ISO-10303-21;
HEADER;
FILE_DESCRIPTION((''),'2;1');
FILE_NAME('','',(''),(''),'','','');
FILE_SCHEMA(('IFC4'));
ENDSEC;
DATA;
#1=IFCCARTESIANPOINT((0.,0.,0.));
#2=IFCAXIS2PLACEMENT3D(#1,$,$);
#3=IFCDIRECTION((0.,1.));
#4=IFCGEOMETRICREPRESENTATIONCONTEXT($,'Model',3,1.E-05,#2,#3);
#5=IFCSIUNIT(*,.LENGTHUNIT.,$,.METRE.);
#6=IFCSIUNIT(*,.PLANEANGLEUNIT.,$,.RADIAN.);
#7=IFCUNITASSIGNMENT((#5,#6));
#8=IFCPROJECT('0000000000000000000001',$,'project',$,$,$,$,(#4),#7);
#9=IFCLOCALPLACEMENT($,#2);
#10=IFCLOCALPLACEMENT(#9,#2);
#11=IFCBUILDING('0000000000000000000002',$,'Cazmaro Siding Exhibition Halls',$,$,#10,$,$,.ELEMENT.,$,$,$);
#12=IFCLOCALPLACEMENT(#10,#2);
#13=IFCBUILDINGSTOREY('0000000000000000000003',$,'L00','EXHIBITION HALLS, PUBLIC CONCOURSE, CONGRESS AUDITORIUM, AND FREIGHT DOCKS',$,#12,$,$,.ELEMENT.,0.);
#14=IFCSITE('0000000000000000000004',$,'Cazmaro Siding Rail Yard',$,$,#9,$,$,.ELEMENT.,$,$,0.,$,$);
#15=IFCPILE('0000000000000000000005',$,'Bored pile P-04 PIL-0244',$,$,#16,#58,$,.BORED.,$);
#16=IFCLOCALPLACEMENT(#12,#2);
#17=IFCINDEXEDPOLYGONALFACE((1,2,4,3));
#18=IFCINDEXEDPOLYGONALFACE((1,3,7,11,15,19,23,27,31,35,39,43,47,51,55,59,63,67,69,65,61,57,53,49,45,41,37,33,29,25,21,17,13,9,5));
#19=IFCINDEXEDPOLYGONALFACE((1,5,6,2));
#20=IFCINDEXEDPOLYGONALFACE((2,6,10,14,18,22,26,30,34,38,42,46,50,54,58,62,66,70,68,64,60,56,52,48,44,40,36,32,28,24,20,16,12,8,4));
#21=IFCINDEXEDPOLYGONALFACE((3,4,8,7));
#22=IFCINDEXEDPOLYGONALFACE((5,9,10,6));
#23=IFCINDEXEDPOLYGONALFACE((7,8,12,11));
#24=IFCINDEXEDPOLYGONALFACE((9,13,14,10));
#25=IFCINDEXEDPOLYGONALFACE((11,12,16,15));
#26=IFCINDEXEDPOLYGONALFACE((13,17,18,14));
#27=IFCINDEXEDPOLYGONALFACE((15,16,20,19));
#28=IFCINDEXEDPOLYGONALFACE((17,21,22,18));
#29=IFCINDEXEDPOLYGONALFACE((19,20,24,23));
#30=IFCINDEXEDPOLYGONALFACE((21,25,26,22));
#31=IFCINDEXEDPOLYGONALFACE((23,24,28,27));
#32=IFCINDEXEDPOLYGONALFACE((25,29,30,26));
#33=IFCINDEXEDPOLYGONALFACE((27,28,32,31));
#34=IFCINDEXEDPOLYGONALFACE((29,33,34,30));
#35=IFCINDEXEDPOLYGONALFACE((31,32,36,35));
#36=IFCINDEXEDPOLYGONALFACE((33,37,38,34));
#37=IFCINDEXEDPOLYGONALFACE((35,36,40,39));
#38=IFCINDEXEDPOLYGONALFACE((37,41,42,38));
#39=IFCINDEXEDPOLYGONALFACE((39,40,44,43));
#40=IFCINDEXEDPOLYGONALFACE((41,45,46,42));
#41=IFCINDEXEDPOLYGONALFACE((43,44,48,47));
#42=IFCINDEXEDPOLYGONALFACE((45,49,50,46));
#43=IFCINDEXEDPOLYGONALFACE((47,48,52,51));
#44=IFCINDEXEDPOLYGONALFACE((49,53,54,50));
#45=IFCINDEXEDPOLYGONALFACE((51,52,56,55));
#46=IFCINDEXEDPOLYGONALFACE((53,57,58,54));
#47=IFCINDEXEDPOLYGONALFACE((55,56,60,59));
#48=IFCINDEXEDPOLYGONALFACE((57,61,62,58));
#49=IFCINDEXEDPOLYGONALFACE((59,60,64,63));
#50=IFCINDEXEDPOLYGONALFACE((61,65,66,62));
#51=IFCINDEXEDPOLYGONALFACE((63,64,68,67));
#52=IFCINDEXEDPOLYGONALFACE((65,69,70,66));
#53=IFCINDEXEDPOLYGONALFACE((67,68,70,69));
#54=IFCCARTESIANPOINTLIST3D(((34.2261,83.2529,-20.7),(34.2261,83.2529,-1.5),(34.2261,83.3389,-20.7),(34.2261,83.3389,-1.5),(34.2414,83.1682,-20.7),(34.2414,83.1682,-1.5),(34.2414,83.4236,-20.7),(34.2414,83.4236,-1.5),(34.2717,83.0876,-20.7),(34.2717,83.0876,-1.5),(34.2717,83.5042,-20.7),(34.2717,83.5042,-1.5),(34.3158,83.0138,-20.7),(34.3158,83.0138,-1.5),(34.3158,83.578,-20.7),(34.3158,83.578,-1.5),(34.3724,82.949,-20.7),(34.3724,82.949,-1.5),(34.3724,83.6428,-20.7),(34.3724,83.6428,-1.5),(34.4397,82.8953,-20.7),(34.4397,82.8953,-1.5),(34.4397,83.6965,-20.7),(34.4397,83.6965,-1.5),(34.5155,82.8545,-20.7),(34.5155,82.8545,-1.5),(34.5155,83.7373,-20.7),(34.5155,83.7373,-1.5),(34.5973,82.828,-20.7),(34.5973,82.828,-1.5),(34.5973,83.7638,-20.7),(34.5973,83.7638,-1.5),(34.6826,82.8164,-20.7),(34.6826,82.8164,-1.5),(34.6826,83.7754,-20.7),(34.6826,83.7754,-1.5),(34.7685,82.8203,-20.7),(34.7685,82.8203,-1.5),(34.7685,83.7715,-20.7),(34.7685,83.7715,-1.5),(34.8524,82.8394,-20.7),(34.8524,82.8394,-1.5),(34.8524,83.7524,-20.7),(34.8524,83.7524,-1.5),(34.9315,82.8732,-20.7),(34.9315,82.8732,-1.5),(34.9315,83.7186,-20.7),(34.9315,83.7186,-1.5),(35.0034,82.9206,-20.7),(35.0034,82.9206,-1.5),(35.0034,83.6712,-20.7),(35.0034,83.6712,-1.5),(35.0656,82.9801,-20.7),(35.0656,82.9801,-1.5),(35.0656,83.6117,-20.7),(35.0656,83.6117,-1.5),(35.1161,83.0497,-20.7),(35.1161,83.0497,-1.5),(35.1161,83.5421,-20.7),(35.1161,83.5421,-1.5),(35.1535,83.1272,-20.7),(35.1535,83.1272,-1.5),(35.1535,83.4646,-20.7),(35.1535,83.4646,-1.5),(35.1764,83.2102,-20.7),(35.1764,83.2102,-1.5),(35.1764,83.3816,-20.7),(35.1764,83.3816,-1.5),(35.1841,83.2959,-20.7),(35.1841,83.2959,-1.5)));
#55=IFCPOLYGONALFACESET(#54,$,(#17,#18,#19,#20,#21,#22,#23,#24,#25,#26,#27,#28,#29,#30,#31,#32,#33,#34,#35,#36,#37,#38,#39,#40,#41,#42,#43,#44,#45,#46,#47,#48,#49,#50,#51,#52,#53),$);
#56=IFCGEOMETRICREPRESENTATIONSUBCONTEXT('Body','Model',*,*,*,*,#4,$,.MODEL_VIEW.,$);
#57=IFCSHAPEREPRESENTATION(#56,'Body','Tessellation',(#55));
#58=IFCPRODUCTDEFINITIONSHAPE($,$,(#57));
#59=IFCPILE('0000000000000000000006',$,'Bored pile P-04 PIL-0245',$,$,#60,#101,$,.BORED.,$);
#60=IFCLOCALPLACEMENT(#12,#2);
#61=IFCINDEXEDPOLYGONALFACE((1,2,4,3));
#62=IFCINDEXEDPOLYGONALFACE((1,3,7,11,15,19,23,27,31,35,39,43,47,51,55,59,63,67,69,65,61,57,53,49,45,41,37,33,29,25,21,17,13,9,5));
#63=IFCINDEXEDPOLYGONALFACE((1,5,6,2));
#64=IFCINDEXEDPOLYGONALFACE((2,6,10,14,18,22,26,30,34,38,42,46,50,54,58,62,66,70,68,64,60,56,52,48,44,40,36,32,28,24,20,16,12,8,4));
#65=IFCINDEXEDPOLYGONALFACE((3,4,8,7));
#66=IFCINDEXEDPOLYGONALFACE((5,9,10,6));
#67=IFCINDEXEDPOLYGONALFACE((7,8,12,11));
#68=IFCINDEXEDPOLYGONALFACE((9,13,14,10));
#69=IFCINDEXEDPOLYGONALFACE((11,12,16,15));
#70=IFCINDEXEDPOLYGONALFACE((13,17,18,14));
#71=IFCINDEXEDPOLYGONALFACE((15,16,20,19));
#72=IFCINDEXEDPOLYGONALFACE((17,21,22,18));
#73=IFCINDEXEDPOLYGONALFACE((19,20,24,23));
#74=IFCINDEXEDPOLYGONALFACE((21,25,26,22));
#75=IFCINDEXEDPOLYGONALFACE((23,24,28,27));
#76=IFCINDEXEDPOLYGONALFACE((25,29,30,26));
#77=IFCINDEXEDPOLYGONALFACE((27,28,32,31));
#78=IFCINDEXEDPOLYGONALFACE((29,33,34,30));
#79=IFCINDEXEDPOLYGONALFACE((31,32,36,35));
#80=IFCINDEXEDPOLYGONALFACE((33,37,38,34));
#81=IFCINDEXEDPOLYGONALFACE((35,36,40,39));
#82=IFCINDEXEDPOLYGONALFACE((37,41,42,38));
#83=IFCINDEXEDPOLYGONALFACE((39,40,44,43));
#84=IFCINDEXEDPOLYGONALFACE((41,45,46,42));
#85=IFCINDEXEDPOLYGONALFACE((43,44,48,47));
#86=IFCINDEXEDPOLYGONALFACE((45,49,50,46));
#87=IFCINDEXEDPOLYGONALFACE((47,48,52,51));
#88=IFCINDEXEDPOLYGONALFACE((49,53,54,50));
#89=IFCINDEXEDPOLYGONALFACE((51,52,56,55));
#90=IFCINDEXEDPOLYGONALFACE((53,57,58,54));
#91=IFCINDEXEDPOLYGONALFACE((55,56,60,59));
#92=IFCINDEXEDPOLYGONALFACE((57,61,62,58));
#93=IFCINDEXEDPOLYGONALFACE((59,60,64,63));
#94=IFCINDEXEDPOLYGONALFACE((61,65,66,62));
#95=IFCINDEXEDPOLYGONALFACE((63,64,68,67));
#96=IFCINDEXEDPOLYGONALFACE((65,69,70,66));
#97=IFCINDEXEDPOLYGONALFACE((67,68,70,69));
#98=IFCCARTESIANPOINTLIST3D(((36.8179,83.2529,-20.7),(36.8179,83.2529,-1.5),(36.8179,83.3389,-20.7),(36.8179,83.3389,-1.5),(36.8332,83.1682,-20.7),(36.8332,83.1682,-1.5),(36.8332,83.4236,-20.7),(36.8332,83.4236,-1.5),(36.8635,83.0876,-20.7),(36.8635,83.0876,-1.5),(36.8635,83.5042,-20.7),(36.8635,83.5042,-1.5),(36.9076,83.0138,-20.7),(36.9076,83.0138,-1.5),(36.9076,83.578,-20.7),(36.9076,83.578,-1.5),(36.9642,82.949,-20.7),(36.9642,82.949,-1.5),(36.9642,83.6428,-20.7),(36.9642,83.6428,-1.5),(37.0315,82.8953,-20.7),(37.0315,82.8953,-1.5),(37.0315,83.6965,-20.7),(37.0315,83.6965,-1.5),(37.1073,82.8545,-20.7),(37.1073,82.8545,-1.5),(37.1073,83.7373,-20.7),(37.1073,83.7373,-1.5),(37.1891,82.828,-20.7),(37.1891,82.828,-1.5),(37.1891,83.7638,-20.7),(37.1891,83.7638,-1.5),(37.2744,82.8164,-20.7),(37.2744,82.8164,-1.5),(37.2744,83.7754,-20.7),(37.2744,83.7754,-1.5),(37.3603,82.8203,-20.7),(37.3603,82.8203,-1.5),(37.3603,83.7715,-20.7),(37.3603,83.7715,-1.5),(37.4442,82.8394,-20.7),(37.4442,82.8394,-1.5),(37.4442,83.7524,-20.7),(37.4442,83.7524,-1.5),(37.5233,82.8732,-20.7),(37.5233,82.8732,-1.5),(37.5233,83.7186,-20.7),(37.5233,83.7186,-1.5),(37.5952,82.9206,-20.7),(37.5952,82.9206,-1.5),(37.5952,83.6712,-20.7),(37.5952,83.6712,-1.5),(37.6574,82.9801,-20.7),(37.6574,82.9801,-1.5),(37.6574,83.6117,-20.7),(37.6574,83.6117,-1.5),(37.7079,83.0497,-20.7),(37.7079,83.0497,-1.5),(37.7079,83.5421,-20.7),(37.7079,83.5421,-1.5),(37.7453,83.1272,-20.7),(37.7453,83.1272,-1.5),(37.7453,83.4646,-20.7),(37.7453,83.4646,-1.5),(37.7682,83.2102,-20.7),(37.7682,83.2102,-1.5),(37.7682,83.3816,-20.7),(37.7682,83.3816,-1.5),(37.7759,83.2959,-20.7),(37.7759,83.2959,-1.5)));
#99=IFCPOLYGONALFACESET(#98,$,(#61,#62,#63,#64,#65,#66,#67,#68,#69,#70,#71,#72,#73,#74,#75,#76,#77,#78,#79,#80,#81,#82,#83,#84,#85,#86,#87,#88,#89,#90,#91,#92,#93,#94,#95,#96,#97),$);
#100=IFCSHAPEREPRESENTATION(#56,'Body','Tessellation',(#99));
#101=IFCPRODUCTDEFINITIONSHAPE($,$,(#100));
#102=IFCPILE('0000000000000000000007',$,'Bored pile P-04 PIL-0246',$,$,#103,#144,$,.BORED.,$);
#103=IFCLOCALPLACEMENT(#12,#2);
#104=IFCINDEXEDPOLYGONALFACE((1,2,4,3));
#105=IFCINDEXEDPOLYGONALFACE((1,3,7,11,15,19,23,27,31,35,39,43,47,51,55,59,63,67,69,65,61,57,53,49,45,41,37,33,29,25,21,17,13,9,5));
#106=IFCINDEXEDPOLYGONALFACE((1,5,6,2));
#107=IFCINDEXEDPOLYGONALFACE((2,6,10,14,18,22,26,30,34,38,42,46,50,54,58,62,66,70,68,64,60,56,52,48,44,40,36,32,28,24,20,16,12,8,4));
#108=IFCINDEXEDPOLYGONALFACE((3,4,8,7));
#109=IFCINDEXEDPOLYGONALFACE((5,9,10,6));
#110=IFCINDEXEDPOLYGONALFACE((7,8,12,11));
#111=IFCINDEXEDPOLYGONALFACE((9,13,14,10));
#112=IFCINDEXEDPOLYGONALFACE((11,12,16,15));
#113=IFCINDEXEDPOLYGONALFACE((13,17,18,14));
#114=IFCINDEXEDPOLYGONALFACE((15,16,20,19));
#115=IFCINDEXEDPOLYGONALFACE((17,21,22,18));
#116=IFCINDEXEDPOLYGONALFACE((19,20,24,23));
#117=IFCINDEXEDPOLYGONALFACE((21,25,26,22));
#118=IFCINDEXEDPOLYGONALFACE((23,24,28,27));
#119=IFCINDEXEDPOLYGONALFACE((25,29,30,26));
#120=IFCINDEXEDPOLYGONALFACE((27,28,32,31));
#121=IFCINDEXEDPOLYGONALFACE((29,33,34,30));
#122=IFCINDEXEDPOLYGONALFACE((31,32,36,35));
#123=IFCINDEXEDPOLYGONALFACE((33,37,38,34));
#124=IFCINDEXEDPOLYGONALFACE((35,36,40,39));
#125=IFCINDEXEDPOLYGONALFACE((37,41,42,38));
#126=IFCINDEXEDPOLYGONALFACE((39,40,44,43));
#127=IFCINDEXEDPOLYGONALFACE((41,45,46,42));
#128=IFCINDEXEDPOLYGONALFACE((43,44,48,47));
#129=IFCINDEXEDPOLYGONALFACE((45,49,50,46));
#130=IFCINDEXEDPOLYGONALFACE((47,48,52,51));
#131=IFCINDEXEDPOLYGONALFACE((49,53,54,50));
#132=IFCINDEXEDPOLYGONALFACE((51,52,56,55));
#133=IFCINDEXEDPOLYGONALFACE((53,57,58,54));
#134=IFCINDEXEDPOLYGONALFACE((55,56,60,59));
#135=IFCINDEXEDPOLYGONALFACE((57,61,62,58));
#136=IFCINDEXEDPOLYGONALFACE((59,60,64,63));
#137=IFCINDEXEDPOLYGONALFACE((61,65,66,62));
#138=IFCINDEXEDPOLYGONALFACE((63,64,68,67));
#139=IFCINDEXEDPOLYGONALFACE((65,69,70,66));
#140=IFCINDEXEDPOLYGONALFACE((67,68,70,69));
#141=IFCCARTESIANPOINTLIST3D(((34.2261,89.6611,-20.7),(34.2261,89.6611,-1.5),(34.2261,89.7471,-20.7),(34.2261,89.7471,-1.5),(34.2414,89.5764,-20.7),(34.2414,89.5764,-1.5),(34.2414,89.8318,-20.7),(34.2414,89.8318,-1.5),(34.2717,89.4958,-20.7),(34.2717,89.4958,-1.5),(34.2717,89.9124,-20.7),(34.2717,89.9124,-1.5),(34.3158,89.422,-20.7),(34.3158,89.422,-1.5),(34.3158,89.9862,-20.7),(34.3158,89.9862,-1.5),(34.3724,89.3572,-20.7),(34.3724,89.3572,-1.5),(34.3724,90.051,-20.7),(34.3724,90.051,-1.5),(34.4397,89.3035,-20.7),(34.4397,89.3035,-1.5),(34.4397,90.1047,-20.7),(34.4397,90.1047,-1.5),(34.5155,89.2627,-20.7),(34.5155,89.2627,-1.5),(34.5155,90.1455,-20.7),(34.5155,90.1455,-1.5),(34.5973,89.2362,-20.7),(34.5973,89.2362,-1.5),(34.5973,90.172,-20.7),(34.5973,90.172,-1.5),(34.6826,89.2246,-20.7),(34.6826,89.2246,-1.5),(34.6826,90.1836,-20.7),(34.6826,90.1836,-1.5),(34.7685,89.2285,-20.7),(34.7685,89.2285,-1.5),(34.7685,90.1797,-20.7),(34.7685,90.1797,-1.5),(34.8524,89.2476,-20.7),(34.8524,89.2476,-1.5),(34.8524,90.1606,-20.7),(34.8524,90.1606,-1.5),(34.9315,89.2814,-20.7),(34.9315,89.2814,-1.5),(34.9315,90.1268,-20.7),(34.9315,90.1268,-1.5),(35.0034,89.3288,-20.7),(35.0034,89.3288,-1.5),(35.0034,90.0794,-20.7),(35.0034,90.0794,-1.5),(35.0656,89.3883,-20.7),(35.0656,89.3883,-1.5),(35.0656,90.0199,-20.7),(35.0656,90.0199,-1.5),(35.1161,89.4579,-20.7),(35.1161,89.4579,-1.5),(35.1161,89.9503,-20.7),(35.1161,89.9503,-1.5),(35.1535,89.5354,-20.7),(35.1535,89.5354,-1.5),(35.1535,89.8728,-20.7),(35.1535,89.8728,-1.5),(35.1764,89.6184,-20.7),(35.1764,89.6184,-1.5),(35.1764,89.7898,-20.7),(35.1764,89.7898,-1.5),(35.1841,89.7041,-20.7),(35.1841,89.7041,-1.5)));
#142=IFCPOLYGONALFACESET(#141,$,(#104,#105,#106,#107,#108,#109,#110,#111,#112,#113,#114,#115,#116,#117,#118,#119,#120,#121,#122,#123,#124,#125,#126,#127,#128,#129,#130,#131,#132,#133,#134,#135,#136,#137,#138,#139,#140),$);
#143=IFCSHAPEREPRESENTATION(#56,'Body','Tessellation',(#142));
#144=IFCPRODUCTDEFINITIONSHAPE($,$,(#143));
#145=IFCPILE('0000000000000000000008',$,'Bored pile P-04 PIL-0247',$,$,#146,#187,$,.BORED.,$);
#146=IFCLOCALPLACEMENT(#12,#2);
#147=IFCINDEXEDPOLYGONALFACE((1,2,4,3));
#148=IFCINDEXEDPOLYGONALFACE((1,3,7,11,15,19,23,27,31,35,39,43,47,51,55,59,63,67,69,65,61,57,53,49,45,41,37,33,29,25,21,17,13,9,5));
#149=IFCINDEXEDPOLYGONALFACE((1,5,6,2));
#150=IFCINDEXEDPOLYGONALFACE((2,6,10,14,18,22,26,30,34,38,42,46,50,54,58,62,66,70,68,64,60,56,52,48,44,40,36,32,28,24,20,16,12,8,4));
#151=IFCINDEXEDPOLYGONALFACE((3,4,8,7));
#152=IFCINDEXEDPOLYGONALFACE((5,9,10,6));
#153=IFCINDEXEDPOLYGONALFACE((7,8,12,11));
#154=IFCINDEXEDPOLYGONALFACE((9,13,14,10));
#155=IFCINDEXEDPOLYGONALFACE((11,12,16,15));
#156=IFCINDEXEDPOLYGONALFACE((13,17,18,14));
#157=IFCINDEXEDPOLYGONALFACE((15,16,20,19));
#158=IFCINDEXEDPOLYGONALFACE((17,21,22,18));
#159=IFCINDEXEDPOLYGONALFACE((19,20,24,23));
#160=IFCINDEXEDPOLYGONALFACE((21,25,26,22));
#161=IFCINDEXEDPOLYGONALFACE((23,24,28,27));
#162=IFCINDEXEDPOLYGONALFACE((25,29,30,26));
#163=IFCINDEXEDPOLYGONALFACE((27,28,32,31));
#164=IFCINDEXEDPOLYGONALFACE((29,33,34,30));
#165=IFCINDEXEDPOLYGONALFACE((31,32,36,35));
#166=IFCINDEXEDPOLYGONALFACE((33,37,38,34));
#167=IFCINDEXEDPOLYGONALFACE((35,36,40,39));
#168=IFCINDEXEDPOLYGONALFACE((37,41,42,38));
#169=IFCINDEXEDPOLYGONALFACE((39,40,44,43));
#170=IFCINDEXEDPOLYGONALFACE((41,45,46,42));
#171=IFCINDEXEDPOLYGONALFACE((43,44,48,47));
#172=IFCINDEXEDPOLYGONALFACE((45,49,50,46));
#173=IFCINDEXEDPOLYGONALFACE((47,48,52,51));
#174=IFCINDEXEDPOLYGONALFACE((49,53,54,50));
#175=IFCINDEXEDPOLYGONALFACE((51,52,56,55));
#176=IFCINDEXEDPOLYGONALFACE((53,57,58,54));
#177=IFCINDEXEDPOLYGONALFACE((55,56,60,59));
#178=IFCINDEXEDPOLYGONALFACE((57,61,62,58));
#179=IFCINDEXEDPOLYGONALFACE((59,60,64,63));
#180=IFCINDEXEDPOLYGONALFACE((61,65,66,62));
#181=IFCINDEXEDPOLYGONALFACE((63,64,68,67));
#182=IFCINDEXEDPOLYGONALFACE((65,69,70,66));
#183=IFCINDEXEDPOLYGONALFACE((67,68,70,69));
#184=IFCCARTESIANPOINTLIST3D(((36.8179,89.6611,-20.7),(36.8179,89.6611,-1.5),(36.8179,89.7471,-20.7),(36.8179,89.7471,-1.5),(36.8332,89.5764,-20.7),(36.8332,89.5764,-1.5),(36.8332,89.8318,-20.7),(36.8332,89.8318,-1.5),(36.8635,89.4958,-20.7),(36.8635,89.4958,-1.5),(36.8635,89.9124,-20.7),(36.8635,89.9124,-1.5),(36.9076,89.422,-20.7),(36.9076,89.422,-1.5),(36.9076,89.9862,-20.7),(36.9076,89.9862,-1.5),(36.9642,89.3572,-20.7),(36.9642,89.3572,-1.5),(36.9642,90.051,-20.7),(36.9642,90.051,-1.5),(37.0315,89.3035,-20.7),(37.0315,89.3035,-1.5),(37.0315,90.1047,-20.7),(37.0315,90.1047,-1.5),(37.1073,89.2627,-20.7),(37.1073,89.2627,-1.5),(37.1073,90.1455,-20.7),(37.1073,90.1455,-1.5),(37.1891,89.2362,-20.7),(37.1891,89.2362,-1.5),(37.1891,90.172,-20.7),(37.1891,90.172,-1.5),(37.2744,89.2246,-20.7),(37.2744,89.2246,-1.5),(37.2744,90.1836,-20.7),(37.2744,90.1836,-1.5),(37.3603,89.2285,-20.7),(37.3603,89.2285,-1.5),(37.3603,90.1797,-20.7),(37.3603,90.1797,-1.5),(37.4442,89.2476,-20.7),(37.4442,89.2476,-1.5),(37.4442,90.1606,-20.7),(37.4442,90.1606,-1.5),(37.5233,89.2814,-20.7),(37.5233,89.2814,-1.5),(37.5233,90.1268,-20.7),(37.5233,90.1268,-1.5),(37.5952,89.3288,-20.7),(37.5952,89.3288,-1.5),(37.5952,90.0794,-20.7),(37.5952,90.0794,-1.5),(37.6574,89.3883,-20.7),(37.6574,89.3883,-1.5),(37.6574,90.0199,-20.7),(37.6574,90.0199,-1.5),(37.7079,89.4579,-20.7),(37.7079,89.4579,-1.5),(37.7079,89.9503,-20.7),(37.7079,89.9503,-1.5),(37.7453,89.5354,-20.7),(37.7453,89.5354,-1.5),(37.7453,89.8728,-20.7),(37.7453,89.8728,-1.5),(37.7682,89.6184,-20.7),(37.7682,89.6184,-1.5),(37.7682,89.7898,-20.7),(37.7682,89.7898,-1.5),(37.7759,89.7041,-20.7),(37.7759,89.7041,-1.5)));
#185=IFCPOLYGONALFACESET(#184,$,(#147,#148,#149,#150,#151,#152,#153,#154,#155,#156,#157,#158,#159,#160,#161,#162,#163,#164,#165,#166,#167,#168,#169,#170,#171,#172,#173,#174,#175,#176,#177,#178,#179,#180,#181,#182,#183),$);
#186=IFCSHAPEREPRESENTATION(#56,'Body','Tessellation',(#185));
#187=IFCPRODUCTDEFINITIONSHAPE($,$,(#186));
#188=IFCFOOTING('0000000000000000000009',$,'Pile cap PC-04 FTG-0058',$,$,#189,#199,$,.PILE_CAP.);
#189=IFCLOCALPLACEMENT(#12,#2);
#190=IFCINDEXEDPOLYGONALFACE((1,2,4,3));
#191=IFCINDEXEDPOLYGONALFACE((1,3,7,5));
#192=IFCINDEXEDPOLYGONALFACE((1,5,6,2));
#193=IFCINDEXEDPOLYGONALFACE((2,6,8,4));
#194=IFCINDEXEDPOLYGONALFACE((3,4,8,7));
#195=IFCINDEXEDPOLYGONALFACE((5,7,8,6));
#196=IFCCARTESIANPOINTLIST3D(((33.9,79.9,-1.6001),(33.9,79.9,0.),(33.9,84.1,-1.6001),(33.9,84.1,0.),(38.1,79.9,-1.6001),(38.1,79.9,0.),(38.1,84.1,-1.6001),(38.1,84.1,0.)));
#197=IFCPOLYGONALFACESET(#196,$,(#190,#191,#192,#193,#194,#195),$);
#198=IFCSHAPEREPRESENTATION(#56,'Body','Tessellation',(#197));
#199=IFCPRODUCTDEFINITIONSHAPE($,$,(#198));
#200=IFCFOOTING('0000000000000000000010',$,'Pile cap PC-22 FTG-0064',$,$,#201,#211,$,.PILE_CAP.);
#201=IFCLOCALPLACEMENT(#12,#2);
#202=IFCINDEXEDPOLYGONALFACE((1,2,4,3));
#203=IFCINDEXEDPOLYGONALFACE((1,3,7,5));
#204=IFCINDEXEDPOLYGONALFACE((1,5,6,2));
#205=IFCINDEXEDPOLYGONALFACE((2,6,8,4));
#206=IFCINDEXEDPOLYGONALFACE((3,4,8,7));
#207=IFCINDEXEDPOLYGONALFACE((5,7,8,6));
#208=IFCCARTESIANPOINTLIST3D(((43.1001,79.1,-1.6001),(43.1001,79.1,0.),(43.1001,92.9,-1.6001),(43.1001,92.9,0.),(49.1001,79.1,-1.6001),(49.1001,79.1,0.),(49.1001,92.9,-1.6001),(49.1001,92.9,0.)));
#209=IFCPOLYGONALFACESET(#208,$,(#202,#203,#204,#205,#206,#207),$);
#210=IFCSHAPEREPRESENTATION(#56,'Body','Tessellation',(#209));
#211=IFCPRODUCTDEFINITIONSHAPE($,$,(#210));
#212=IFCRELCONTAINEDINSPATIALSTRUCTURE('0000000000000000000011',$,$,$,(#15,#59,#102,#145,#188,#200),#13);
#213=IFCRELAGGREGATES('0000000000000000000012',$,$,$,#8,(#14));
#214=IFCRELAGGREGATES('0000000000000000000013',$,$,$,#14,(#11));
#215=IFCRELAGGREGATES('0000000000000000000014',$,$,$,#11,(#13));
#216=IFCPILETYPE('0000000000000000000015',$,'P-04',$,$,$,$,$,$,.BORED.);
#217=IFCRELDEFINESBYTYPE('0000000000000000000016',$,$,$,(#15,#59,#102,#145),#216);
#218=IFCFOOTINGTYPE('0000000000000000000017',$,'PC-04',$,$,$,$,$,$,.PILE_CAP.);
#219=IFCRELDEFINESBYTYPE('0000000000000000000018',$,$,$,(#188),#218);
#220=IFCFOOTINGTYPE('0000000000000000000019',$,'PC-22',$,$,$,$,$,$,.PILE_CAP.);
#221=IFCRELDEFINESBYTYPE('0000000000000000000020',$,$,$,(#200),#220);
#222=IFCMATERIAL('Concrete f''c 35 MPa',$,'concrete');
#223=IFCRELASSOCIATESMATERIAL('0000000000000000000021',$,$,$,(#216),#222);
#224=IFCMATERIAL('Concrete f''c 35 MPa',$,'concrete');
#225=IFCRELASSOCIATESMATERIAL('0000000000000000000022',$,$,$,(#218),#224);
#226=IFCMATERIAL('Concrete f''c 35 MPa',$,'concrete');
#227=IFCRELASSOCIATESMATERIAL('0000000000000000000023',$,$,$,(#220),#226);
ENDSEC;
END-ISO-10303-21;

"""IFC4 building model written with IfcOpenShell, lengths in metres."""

from ifc_helpers import new_model, si_unit, direction, frame, origin, origin_2d, place, context, subcontext, project, spatial, rectangle, circle, extrude, material, material_profile, profile_set, type_object, element, save


model = new_model("IFC4")

# Units and contexts
model_context = context("Model", 3, precision=1e-05, world=origin(), true_north=direction((0.0, 1.0)))
body_context = subcontext(model_context, "Body", "Model", "MODEL_VIEW")
ifc_project = project(units=[si_unit("LENGTHUNIT", "METRE"), si_unit("PLANEANGLEUNIT", "RADIAN")], contexts=[model_context])

# Site, building, storey
site_placement = place(None, origin())
site = spatial("IfcSite", under=ifc_project, at=site_placement, Name="Cazmaro Siding Rail Yard", CompositionType="ELEMENT", RefElevation=0.0)
building_placement = place(site_placement, origin())
building = spatial("IfcBuilding", under=site, at=building_placement, Name="Cazmaro Siding Exhibition Halls", CompositionType="ELEMENT")
storey_placement = place(building_placement, origin())
storey = spatial("IfcBuildingStorey", under=building, at=storey_placement, Name="L00", Description="EXHIBITION HALLS, PUBLIC CONCOURSE, CONGRESS AUDITORIUM, AND FREIGHT DOCKS", CompositionType="ELEMENT", Elevation=0.0)

# Piles
ifc_material_1 = material(Name="Concrete f'c 35 MPa", Category="concrete")
ifc_material_profile_1 = material_profile(ifc_material_1, circle(Radius=0.48, at=origin_2d()), Name="CIDH-960")
ifc_profile_set_1 = profile_set([ifc_material_profile_1], Name="Concrete f'c 35 MPa")
pile_type_1 = type_object("IfcPileType", Name="P-04", PredefinedType="BORED", material=ifc_profile_set_1)
for number, where, z_axis, x_axis, name in (
    (1, (34.7041, 83.2959, -1.5), (0.0, 0.0, -1.0), (1.0, 0.0, 0.0), "Bored pile P-04 PIL-0244"),
    (2, (37.2959, 83.2959, -1.5), (0.0, 0.0, -1.0), (1.0, 0.0, 0.0), "Bored pile P-04 PIL-0245"),
    (3, (34.7041, 89.7041, -1.5), (0.0, 0.0, -1.0), (1.0, 0.0, 0.0), "Bored pile P-04 PIL-0246"),
    (4, (37.2959, 89.7041, -1.5), (0.0, 0.0, -1.0), (1.0, 0.0, 0.0), "Bored pile P-04 PIL-0247"),
):
    element("IfcPile", number, at=place(storey_placement, frame(where, z_axis=z_axis, x_axis=x_axis)), inside=storey, type_object=pile_type_1, Name=name, PredefinedType="BORED", context=body_context, shape_type="SweptSolid", body=[
        extrude(circle(Radius=0.48, at=origin_2d()), origin(), (0.0, 0.0, 1.0), 19.2),
    ])

# Footings
ifc_material_2 = material(Name="Concrete f'c 35 MPa", Category="concrete")
footing_type_1 = type_object("IfcFootingType", Name="PC-04", PredefinedType="PILE_CAP", material=ifc_material_2)
footing_1_placement = place(storey_placement, frame((36.0, 82.0, -1.6001), z_axis=(0.0, 0.0, 1.0), x_axis=(1.0, 0.0, 0.0)))
element("IfcFooting", 5, at=footing_1_placement, inside=storey, type_object=footing_type_1, Name="Pile cap PC-04 FTG-0058", PredefinedType="PILE_CAP", context=body_context, shape_type="SweptSolid", body=[
    extrude(rectangle(XDim=4.2, YDim=4.2, at=origin_2d()), origin(), (0.0, 0.0, 1.0), 1.6001),
])
ifc_material_3 = material(Name="Concrete f'c 35 MPa", Category="concrete")
footing_type_2 = type_object("IfcFootingType", Name="PC-22", PredefinedType="PILE_CAP", material=ifc_material_3)
footing_2_placement = place(storey_placement, frame((46.1001, 86.0, -1.6001), z_axis=(0.0, 0.0, 1.0), x_axis=(1.0, 0.0, 0.0)))
element("IfcFooting", 6, at=footing_2_placement, inside=storey, type_object=footing_type_2, Name="Pile cap PC-22 FTG-0064", PredefinedType="PILE_CAP", context=body_context, shape_type="SweptSolid", body=[
    extrude(rectangle(XDim=6.0, YDim=13.8, at=origin_2d()), origin(), (0.0, 0.0, 1.0), 1.6001),
])

save(model, "model.ifc")
